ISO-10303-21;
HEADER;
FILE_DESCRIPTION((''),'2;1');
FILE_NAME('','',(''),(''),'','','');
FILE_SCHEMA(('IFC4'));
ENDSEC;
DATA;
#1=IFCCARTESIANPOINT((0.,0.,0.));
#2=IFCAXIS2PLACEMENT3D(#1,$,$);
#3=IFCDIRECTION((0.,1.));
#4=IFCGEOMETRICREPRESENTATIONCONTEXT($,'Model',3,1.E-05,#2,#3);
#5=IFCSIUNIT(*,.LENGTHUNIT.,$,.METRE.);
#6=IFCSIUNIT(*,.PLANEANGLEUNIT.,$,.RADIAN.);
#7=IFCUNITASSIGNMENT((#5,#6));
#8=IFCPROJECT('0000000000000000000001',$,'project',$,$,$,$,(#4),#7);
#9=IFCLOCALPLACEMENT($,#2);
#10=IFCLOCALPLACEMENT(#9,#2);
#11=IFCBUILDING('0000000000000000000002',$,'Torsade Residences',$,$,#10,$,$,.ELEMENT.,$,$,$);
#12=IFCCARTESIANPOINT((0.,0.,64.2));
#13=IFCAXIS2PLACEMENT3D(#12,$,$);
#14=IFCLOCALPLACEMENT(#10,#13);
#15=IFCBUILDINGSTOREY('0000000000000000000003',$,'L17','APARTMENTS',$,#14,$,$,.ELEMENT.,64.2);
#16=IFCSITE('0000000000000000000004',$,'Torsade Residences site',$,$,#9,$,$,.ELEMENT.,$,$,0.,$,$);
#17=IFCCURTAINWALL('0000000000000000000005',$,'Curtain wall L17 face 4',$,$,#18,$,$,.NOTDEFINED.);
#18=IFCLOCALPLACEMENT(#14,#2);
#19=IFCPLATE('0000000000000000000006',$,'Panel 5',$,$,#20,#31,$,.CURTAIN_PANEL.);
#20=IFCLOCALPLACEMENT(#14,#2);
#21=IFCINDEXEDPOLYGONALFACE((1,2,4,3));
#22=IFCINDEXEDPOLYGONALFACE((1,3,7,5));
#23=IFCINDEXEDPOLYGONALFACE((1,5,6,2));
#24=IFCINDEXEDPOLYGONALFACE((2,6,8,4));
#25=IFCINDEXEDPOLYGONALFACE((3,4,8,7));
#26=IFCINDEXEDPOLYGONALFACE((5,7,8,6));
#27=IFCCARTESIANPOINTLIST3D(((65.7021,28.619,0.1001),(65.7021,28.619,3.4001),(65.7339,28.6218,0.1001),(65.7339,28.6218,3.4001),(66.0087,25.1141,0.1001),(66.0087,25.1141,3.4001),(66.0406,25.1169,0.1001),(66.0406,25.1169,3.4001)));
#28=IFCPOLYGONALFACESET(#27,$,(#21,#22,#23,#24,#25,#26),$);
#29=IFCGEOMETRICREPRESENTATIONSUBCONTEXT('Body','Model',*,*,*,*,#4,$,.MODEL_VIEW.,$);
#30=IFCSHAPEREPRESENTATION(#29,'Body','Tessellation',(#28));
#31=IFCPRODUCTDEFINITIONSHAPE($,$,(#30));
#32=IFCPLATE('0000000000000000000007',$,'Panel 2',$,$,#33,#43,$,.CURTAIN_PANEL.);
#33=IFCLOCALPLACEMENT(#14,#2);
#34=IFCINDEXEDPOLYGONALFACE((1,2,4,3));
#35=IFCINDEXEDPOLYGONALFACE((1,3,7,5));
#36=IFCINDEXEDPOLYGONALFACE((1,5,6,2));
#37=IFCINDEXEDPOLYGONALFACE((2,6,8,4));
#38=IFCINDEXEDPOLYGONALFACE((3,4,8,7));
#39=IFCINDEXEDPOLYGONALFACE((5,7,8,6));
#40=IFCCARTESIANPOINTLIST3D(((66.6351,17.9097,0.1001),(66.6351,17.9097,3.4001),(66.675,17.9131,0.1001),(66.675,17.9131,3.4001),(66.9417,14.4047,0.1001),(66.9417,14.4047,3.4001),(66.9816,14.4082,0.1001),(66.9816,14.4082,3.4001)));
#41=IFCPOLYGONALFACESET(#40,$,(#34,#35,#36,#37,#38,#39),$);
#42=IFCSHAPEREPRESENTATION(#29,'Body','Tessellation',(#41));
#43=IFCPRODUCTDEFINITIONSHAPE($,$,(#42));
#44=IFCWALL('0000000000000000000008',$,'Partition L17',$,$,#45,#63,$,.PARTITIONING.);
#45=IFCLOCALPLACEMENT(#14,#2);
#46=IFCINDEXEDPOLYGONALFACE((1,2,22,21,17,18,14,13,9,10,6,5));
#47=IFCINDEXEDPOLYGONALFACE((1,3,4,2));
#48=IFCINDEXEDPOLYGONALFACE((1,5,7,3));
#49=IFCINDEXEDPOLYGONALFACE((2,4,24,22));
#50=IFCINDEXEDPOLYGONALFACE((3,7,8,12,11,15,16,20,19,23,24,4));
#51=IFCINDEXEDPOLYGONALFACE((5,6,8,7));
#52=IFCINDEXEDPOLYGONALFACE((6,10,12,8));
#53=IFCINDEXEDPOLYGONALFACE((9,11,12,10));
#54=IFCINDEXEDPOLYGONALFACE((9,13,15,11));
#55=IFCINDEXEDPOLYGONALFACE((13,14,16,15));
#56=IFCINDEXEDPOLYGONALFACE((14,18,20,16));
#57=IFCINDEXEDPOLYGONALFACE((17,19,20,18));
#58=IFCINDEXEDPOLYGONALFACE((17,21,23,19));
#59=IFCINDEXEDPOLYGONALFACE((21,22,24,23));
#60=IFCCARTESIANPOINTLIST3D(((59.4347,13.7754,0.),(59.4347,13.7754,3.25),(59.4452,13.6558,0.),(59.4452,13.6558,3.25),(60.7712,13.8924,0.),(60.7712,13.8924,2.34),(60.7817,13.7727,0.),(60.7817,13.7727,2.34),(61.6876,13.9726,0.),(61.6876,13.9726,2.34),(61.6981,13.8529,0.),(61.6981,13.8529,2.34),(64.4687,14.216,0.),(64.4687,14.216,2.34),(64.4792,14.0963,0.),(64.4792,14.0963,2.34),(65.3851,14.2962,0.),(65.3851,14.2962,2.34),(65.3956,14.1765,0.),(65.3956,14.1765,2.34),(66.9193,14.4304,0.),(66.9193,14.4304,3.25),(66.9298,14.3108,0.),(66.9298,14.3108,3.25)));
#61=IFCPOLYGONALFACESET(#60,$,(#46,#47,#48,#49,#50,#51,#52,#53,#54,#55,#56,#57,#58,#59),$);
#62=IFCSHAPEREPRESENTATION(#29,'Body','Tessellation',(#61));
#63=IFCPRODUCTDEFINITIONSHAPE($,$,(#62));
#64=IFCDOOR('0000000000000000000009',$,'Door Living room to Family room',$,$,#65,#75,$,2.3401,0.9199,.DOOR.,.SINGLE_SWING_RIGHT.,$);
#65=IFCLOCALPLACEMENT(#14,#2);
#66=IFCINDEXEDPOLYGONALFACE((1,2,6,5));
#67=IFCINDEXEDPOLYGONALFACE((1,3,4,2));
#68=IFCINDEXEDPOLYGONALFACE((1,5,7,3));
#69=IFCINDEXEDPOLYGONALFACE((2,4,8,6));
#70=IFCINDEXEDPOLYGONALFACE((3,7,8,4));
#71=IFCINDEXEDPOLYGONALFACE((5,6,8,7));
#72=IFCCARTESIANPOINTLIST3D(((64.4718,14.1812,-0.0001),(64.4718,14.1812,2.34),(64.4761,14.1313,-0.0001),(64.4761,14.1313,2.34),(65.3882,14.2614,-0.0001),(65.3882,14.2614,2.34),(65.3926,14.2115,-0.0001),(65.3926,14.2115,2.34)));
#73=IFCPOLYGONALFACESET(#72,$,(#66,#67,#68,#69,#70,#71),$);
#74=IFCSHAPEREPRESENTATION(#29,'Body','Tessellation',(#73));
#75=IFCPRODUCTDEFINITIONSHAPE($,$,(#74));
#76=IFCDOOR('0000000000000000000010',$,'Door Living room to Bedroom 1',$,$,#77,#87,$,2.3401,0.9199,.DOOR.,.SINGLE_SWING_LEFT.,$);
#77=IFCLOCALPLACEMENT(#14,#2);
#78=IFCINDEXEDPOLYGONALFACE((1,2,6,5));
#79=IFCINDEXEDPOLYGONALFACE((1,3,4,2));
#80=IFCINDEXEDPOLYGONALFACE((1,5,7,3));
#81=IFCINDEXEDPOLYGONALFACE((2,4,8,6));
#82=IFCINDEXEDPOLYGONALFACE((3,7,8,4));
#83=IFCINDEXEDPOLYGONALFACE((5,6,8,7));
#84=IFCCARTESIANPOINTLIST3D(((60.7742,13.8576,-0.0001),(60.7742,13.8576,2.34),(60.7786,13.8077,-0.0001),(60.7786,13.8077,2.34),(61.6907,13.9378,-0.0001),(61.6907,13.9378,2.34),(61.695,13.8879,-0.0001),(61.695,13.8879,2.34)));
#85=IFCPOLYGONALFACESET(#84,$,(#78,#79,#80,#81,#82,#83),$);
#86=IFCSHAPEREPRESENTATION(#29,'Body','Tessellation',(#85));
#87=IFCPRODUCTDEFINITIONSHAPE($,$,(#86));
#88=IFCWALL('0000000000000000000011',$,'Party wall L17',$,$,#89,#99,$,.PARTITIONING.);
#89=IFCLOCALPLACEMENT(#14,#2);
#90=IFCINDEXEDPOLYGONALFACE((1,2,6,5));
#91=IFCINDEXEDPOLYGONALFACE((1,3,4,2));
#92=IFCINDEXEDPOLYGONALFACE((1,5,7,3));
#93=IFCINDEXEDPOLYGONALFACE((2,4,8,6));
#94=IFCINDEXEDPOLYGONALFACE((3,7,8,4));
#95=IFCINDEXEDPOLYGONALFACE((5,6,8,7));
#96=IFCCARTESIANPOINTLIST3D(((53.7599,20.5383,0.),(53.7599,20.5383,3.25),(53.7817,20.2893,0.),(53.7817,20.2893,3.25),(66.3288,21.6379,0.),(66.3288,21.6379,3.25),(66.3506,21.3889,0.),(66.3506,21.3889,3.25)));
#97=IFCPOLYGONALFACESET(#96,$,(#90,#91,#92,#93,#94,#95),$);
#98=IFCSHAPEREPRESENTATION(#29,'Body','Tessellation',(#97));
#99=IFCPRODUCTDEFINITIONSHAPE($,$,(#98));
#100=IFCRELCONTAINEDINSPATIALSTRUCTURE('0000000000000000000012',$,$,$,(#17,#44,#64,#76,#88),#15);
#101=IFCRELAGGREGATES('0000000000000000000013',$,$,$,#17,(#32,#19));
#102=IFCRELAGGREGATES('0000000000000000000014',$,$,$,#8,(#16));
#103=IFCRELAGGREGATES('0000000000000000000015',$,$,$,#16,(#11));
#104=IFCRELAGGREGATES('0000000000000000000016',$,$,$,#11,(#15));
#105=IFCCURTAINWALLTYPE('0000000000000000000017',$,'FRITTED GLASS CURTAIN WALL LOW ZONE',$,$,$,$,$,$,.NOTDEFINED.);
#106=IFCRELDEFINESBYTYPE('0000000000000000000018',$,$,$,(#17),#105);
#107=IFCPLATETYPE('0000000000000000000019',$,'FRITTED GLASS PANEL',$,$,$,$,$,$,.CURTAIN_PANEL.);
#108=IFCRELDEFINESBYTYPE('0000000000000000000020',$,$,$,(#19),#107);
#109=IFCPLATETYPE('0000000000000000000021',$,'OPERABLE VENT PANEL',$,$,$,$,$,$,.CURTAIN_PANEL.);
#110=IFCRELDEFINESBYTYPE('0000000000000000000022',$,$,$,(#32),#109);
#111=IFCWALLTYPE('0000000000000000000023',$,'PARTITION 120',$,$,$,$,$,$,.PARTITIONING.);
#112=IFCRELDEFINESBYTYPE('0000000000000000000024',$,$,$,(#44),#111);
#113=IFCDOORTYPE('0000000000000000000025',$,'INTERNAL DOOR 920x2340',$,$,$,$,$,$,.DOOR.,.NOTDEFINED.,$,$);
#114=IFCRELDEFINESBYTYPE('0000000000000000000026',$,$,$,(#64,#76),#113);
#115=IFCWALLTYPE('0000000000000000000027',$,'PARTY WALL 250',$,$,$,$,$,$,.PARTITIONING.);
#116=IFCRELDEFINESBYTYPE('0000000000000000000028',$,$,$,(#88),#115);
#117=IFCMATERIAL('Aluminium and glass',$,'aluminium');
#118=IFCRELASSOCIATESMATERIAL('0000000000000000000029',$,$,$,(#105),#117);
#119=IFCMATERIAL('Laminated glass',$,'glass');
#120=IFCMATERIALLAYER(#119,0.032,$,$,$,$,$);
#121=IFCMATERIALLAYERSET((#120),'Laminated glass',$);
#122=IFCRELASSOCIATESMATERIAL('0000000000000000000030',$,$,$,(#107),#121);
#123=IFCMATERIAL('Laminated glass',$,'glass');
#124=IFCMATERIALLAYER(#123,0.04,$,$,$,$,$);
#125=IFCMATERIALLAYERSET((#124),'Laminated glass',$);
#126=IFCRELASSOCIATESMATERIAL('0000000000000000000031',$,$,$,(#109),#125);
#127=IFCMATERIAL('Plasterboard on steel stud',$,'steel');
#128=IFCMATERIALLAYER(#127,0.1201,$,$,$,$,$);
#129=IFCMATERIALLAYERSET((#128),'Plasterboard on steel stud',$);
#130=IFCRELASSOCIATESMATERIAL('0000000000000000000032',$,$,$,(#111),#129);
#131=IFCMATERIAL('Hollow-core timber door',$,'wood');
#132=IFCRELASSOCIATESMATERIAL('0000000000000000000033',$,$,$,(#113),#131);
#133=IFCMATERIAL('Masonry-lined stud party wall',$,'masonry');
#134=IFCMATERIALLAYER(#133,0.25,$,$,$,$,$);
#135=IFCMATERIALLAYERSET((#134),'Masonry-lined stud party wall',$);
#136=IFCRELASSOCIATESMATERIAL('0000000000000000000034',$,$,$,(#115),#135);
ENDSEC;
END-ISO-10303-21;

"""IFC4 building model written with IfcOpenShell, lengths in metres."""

from ifc_helpers import new_model, si_unit, direction, frame, frame_2d, origin, origin_2d, place, context, subcontext, project, spatial, rectangle, extrude, material, layer, layer_set, type_object, element, fill, aggregate, save


model = new_model("IFC4")

# Units and contexts
model_context = context("Model", 3, precision=1e-05, world=origin(), true_north=direction((0.0, 1.0)))
body_context = subcontext(model_context, "Body", "Model", "MODEL_VIEW")
ifc_project = project(units=[si_unit("LENGTHUNIT", "METRE"), si_unit("PLANEANGLEUNIT", "RADIAN")], contexts=[model_context])

# Site, building, storey
site_placement = place(None, origin())
site = spatial("IfcSite", under=ifc_project, at=site_placement, Name="Torsade Residences site", CompositionType="ELEMENT", RefElevation=0.0)
building_placement = place(site_placement, origin())
building = spatial("IfcBuilding", under=site, at=building_placement, Name="Torsade Residences", CompositionType="ELEMENT")
storey_placement = place(building_placement, frame((0.0, 0.0, 64.2)))
storey = spatial("IfcBuildingStorey", under=building, at=storey_placement, Name="L17", Description="APARTMENTS", CompositionType="ELEMENT", Elevation=64.2)

# Curtain wall
ifc_material_1 = material(Name="Aluminium and glass", Category="aluminium")
curtain_wall_type = type_object("IfcCurtainWallType", Name="FRITTED GLASS CURTAIN WALL LOW ZONE", PredefinedType="NOTDEFINED", material=ifc_material_1)
curtain_wall_placement = place(storey_placement, origin())
curtain_wall = element("IfcCurtainWall", 1, at=curtain_wall_placement, inside=storey, type_object=curtain_wall_type, Name="Curtain wall L17 face 4", PredefinedType="NOTDEFINED")

# Plates
ifc_material_2 = material(Name="Laminated glass", Category="glass")
ifc_layer_1 = layer(ifc_material_2, 0.032)
ifc_layer_set_1 = layer_set([ifc_layer_1], Name="Laminated glass")
plate_type_1 = type_object("IfcPlateType", Name="FRITTED GLASS PANEL", PredefinedType="CURTAIN_PANEL", material=ifc_layer_set_1)
plate_1_placement = place(storey_placement, frame((65.8713, 26.8679, 0.1001), z_axis=(0.0, 0.0, 1.0), x_axis=(-0.087156, 0.996195, 0.0)))
plate_1 = element("IfcPlate", 2, at=plate_1_placement, type_object=plate_type_1, Name="Panel 5", PredefinedType="CURTAIN_PANEL", context=body_context, shape_type="SweptSolid", body=[
    extrude(rectangle(XDim=3.5183, YDim=0.032, at=origin_2d()), origin(), (0.0, 0.0, 1.0), 3.3),
])
ifc_material_3 = material(Name="Laminated glass", Category="glass")
ifc_layer_2 = layer(ifc_material_3, 0.04)
ifc_layer_set_2 = layer_set([ifc_layer_2], Name="Laminated glass")
plate_type_2 = type_object("IfcPlateType", Name="OPERABLE VENT PANEL", PredefinedType="CURTAIN_PANEL", material=ifc_layer_set_2)
plate_2_placement = place(storey_placement, frame((66.8083, 16.1589, 0.1001), z_axis=(0.0, 0.0, 1.0), x_axis=(-0.087156, 0.996195, 0.0)))
plate_2 = element("IfcPlate", 3, at=plate_2_placement, type_object=plate_type_2, Name="Panel 2", PredefinedType="CURTAIN_PANEL", context=body_context, shape_type="SweptSolid", body=[
    extrude(rectangle(XDim=3.5183, YDim=0.04, at=origin_2d()), origin(), (0.0, 0.0, 1.0), 3.3),
])
aggregate(curtain_wall, [plate_2, plate_1])

# Wall, openings, doors
ifc_material_4 = material(Name="Plasterboard on steel stud", Category="steel")
ifc_layer_3 = layer(ifc_material_4, 0.1201)
ifc_layer_set_3 = layer_set([ifc_layer_3], Name="Plasterboard on steel stud")
wall_type_1 = type_object("IfcWallType", Name="PARTITION 120", PredefinedType="PARTITIONING", material=ifc_layer_set_3)
wall_1_placement = place(storey_placement, frame((66.9246, 14.3706, 0.0), z_axis=(0.0, 0.0, 1.0), x_axis=(-0.996192, -0.087183, 0.0)))
wall_1 = element("IfcWall", 4, at=wall_1_placement, inside=storey, type_object=wall_type_1, Name="Partition L17", PredefinedType="PARTITIONING", context=body_context, shape_type="SweptSolid", body=[
    extrude(rectangle(XDim=7.5132, YDim=0.1201, at=frame_2d((3.7566, 0.0))), origin(), (0.0, 0.0, 1.0), 3.25),
])
opening_1_placement = place(wall_1_placement, frame((1.54, 0.0, 0.0)))
opening_1 = element("IfcOpeningElement", 5, at=opening_1_placement, cuts=wall_1, PredefinedType="OPENING", context=body_context, shape_type="SweptSolid", body=[
    extrude(rectangle(XDim=0.9199, YDim=2.3401, at=frame_2d((0.46, 1.1699))), frame((0.0, 0.0701, 0.0), z_axis=(0.0, -1.0, 0.0), x_axis=(1.0, 0.0, 0.0)), (0.0, 0.0, 1.0), 0.1401),
])
opening_2_placement = place(wall_1_placement, frame((5.2517, 0.0, 0.0)))
opening_2 = element("IfcOpeningElement", 6, at=opening_2_placement, cuts=wall_1, PredefinedType="OPENING", context=body_context, shape_type="SweptSolid", body=[
    extrude(rectangle(XDim=0.9199, YDim=2.3401, at=frame_2d((0.46, 1.1699))), frame((0.0, 0.0701, 0.0), z_axis=(0.0, -1.0, 0.0), x_axis=(1.0, 0.0, 0.0)), (0.0, 0.0, 1.0), 0.1401),
])
ifc_material_5 = material(Name="Hollow-core timber door", Category="wood")
door_type = type_object("IfcDoorType", Name="INTERNAL DOOR 920x2340", OperationType="NOTDEFINED", PredefinedType="DOOR", material=ifc_material_5)
door_1_placement = place(opening_1_placement, origin())
door_1 = element("IfcDoor", 7, at=door_1_placement, inside=storey, type_object=door_type, Name="Door Living room to Family room", OperationType="SINGLE_SWING_RIGHT", OverallHeight=2.3401, OverallWidth=0.9199, PredefinedType="DOOR", context=body_context, shape_type="SweptSolid", body=[
    extrude(rectangle(XDim=0.9199, YDim=2.3401, at=frame_2d((0.46, 1.1699))), frame((0.0, 0.0249, 0.0), z_axis=(0.0, -1.0, 0.0), x_axis=(1.0, 0.0, 0.0)), (0.0, 0.0, 1.0), 0.05),
])
fill(opening_1, door_1)
door_2_placement = place(opening_2_placement, origin())
door_2 = element("IfcDoor", 8, at=door_2_placement, inside=storey, type_object=door_type, Name="Door Living room to Bedroom 1", OperationType="SINGLE_SWING_LEFT", OverallHeight=2.3401, OverallWidth=0.9199, PredefinedType="DOOR", context=body_context, shape_type="SweptSolid", body=[
    extrude(rectangle(XDim=0.9199, YDim=2.3401, at=frame_2d((0.46, 1.1699))), frame((0.0, 0.0249, 0.0), z_axis=(0.0, -1.0, 0.0), x_axis=(1.0, 0.0, 0.0)), (0.0, 0.0, 1.0), 0.05),
])
fill(opening_2, door_2)

# Wall
ifc_material_6 = material(Name="Masonry-lined stud party wall", Category="masonry")
ifc_layer_4 = layer(ifc_material_6, 0.25)
ifc_layer_set_4 = layer_set([ifc_layer_4], Name="Masonry-lined stud party wall")
wall_type_2 = type_object("IfcWallType", Name="PARTY WALL 250", PredefinedType="PARTITIONING", material=ifc_layer_set_4)
wall_2_placement = place(storey_placement, frame((66.3398, 21.5134, 0.0), z_axis=(0.0, 0.0, 1.0), x_axis=(-0.996195, -0.087154, 0.0)))
element("IfcWall", 9, at=wall_2_placement, inside=storey, type_object=wall_type_2, Name="Party wall L17", PredefinedType="PARTITIONING", context=body_context, shape_type="SweptSolid", body=[
    extrude(rectangle(XDim=12.6169, YDim=0.25, at=frame_2d((6.3086, 0.0))), origin(), (0.0, 0.0, 1.0), 3.25),
])

save(model, "model.ifc")
